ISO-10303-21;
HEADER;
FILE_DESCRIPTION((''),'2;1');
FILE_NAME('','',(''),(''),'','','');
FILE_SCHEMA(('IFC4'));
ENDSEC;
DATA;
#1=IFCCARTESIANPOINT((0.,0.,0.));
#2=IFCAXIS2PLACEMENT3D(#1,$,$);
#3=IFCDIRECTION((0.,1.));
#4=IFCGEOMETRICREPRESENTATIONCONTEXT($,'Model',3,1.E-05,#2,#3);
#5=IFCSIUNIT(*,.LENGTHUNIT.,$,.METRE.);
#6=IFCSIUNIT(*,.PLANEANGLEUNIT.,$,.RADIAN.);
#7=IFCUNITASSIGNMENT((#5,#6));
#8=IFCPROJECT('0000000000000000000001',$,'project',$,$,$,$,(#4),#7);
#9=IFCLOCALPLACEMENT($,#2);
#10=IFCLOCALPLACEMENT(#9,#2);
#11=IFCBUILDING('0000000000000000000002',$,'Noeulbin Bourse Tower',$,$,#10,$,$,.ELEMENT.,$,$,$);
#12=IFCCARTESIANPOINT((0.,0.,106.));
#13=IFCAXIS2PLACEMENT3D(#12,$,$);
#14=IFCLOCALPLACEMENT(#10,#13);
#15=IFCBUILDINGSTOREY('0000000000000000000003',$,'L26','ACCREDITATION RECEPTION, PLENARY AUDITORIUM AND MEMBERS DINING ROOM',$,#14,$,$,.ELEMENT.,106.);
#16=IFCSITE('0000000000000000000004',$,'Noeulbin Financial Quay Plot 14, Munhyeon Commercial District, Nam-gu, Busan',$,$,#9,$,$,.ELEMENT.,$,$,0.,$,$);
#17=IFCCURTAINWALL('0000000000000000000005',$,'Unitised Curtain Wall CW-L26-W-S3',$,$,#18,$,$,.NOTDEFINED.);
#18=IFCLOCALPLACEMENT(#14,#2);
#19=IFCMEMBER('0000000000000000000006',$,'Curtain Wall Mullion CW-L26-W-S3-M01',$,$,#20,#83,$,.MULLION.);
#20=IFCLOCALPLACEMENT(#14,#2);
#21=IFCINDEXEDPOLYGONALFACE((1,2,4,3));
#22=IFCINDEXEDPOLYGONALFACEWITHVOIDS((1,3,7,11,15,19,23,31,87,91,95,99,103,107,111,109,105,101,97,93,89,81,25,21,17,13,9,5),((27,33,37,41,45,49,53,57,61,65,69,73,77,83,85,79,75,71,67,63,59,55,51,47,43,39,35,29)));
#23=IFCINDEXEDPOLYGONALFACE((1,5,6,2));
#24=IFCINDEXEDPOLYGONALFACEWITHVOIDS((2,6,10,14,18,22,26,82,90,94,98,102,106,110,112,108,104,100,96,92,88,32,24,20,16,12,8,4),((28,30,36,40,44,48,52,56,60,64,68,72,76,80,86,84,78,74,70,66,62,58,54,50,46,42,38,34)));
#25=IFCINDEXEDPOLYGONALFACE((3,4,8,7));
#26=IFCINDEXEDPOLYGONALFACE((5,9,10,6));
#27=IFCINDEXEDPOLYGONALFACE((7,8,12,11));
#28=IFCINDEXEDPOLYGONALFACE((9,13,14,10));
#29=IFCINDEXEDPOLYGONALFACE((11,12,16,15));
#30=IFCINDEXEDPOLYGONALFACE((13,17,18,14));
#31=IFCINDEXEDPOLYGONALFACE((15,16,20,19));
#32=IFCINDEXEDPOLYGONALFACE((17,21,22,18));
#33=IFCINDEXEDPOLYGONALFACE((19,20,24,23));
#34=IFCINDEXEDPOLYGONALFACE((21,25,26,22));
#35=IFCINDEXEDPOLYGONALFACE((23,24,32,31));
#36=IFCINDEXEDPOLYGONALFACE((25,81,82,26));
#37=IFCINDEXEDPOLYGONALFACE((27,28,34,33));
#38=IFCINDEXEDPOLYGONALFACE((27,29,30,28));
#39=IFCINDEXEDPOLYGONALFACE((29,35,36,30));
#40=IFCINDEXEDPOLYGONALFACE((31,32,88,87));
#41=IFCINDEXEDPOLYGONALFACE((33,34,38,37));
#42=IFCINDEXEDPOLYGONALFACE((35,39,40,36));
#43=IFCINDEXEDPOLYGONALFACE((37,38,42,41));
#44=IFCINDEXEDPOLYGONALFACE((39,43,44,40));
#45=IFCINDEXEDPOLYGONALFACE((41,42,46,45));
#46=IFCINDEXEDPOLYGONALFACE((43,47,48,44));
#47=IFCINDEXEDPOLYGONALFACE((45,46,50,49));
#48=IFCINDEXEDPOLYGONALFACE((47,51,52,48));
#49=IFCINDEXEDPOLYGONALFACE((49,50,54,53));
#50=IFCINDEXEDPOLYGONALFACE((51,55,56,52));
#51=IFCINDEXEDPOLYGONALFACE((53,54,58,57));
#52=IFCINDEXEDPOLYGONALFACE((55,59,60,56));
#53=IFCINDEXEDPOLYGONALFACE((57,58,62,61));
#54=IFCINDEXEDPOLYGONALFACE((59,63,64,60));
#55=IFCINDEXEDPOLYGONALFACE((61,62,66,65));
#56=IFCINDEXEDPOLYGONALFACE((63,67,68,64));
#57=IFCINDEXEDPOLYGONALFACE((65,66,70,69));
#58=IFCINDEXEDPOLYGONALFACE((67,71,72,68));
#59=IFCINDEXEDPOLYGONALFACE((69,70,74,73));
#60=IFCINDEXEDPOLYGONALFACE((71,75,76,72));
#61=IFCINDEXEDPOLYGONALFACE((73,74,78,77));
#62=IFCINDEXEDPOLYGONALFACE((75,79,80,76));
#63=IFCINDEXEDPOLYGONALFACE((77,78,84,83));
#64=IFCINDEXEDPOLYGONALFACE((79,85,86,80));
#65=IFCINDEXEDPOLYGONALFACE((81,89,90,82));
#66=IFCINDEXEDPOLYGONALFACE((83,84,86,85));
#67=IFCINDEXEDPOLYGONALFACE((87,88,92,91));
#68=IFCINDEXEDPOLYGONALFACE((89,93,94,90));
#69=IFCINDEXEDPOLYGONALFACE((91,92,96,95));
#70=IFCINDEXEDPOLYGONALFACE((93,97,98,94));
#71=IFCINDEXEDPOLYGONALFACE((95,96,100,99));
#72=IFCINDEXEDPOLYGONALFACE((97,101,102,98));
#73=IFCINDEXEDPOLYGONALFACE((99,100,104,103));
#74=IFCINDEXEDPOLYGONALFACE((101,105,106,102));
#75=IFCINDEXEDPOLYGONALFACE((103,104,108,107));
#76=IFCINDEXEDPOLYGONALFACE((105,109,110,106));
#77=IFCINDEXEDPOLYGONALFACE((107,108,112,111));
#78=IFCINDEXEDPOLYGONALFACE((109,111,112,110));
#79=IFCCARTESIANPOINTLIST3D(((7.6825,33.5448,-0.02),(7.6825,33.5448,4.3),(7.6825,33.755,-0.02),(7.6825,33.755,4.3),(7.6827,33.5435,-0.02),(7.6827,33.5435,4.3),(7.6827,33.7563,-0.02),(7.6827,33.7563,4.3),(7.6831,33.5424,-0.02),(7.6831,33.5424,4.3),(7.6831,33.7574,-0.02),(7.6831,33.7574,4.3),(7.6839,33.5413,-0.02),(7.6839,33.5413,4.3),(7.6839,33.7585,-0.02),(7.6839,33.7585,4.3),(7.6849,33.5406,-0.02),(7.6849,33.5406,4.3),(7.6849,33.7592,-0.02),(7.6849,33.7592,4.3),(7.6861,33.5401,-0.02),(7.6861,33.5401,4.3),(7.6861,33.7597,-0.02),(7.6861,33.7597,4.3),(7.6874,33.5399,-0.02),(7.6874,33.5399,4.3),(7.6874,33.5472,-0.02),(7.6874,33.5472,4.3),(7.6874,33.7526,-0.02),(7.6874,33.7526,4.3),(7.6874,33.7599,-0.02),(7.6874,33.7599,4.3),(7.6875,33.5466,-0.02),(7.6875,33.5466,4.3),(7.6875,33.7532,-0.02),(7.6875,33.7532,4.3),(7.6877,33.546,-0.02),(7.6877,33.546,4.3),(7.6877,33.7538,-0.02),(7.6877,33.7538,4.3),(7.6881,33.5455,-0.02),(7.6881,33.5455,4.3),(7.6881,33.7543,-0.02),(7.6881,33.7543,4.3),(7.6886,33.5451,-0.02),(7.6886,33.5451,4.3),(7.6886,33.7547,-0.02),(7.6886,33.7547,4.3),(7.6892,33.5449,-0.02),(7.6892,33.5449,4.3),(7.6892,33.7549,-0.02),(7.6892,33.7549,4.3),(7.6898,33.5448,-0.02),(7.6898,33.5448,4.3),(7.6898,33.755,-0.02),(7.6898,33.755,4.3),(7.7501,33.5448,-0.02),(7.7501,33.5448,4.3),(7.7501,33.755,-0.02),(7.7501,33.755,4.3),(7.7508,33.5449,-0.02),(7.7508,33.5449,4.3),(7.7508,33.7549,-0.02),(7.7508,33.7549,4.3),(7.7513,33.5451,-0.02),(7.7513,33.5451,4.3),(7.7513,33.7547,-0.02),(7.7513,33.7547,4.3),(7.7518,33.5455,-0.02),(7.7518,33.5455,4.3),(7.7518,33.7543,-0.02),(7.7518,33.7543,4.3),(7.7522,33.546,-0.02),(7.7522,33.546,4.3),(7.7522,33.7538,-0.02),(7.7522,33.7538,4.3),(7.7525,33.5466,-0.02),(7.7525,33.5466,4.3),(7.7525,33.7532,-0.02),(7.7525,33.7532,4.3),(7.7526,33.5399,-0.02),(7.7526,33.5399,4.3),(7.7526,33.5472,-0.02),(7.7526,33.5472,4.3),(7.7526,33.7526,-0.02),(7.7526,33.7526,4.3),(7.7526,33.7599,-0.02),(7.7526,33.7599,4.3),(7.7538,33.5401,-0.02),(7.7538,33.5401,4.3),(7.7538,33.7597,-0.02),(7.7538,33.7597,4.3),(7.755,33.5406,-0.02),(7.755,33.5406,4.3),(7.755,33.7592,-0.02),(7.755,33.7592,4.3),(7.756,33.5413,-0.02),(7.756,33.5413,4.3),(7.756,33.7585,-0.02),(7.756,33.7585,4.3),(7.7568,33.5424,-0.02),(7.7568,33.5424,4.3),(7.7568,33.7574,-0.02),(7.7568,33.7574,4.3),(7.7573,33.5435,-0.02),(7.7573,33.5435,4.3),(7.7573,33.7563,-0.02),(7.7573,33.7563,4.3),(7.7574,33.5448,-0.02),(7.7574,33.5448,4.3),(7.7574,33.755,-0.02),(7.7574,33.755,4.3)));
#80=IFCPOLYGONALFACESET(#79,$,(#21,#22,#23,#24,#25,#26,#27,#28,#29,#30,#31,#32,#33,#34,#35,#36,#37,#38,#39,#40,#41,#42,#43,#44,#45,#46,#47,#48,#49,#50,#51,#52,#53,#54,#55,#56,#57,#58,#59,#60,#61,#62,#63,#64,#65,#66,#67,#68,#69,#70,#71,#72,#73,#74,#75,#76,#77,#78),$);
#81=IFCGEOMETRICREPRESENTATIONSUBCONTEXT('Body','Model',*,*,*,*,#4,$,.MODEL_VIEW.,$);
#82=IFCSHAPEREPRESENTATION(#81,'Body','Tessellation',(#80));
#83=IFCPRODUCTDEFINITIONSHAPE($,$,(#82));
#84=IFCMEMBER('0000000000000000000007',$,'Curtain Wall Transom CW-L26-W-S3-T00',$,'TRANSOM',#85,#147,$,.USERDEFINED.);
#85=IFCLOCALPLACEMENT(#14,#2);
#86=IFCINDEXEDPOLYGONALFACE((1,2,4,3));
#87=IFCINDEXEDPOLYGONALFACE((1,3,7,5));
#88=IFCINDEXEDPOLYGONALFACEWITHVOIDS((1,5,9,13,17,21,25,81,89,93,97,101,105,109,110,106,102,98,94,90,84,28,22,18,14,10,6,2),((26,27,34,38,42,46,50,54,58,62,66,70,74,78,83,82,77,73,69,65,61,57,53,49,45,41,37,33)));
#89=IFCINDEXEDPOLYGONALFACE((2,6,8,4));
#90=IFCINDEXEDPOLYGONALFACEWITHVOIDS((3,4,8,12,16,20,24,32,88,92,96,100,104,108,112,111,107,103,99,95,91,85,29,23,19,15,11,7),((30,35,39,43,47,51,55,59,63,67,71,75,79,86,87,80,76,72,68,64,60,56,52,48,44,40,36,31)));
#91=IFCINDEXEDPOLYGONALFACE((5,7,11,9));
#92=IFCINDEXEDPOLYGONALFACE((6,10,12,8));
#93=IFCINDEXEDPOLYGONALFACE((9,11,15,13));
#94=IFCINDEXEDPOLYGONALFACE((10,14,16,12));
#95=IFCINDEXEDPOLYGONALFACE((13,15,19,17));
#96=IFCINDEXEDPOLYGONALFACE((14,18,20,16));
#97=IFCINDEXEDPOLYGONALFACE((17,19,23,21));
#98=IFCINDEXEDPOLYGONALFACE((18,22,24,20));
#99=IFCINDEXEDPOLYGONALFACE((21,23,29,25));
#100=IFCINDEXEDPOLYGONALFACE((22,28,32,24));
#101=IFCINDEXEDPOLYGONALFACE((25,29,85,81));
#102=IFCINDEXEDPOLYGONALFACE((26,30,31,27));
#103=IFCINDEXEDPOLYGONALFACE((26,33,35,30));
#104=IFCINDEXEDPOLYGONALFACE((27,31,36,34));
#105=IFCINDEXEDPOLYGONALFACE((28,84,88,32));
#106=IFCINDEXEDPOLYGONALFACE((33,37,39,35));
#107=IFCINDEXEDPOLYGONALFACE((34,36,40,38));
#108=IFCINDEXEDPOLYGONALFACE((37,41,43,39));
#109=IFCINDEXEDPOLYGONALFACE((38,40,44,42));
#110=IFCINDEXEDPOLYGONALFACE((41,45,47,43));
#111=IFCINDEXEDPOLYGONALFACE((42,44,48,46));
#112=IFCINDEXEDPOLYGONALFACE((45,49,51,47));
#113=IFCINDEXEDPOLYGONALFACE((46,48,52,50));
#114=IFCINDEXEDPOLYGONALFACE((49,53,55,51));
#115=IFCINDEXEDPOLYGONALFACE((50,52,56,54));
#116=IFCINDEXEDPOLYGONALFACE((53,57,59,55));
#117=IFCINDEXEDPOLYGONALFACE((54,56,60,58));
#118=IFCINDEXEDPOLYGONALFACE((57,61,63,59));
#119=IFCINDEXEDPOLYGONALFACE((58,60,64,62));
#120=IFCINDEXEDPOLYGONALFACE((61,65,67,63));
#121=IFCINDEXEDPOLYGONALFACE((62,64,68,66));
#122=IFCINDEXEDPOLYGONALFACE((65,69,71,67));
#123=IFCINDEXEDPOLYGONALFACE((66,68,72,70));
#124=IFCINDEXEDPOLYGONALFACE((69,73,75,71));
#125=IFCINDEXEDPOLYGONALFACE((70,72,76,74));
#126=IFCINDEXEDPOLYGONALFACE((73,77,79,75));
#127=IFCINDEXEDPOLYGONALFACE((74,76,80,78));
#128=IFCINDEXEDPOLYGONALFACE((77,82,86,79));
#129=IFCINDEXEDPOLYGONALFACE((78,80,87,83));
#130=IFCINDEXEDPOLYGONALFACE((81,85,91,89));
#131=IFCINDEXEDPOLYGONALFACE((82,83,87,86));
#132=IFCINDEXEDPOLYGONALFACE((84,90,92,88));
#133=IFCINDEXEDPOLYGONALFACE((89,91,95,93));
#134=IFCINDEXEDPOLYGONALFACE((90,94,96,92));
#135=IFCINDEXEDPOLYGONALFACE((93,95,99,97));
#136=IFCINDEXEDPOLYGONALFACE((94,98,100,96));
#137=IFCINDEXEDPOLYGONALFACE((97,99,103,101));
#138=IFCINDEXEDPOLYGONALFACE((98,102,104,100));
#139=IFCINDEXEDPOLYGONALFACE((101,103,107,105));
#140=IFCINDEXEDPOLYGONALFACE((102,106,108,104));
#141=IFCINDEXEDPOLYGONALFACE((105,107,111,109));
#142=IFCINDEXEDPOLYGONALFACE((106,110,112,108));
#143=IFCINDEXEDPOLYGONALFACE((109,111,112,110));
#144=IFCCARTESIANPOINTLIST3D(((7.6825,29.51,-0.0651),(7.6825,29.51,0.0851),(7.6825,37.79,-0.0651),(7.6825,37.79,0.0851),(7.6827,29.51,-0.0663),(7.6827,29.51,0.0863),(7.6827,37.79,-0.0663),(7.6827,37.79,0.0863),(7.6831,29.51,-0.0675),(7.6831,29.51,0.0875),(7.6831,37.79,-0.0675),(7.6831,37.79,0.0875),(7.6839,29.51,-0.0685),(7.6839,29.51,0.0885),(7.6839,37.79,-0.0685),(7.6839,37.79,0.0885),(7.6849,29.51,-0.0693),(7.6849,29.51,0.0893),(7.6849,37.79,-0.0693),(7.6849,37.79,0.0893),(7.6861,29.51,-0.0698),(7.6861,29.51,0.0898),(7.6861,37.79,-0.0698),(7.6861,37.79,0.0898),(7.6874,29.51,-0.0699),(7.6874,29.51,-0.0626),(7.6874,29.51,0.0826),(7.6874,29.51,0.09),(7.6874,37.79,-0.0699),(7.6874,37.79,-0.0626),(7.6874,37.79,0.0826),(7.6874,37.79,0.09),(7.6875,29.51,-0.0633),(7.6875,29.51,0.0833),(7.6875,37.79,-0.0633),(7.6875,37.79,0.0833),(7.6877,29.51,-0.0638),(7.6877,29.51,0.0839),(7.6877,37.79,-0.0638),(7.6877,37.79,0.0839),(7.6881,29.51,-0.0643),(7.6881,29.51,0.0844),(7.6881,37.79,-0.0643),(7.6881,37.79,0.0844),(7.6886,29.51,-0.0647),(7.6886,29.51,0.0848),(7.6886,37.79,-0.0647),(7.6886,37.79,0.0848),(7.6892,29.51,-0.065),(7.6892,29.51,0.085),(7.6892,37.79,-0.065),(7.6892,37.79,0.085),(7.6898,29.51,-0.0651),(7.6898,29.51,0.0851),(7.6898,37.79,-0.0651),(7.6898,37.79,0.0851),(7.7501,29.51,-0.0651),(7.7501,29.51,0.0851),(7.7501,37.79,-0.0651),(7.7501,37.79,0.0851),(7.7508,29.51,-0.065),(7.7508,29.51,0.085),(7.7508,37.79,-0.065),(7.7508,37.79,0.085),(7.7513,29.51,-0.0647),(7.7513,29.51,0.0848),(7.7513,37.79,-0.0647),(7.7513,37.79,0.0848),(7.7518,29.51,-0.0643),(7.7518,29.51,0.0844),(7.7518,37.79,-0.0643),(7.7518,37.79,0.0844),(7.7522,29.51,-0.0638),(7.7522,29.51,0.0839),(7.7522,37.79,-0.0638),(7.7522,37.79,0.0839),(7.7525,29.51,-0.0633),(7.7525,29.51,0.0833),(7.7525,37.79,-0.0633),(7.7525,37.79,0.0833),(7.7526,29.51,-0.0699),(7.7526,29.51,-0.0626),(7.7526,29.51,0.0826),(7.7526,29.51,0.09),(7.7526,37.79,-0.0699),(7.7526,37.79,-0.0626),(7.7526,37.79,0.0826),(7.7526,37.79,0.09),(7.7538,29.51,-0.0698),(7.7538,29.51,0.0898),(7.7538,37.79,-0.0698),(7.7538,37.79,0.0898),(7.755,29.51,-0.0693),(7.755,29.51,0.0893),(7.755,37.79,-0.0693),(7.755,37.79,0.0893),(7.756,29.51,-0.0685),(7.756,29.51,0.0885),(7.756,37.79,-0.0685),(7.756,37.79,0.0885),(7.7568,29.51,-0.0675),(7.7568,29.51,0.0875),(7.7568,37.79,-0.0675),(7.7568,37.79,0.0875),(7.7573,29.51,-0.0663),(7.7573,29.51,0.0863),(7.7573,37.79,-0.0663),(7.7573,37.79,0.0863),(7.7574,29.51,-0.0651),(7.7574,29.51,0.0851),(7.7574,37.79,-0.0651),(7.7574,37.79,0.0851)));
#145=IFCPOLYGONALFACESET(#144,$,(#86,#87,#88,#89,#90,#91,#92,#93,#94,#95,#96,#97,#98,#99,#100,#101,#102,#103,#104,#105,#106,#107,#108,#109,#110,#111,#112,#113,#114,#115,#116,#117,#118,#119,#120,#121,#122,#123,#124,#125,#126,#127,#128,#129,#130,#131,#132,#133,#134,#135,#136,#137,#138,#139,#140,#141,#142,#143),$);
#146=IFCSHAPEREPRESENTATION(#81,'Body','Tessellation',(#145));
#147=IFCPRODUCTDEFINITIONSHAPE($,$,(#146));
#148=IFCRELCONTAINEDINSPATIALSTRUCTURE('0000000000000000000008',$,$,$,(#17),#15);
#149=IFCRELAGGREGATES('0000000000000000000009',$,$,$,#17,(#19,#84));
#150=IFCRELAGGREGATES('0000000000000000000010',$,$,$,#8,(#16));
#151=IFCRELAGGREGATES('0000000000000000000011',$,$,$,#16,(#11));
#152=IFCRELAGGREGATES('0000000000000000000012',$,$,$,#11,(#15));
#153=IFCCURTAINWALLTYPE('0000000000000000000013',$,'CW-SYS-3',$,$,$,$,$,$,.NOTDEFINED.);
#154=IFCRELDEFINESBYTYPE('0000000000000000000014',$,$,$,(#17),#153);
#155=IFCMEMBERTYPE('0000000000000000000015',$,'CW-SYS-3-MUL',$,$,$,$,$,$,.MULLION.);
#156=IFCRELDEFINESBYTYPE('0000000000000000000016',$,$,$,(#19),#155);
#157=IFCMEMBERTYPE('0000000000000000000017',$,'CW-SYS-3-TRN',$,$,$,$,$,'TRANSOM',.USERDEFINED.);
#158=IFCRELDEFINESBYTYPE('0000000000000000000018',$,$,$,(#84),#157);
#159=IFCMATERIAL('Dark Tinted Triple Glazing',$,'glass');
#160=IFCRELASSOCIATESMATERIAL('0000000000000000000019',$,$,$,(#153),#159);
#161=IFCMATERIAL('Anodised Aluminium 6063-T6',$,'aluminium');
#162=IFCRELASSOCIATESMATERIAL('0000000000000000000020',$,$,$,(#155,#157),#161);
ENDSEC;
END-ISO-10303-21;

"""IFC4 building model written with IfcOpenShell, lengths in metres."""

from ifc_helpers import new_model, si_unit, direction, frame, origin, origin_2d, place, context, subcontext, project, spatial, hollow_rectangle, extrude, material, material_profile, profile_set, type_object, element, aggregate, save


model = new_model("IFC4")

# Units and contexts
model_context = context("Model", 3, precision=1e-05, world=origin(), true_north=direction((0.0, 1.0)))
body_context = subcontext(model_context, "Body", "Model", "MODEL_VIEW")
ifc_project = project(units=[si_unit("LENGTHUNIT", "METRE"), si_unit("PLANEANGLEUNIT", "RADIAN")], contexts=[model_context])

# Site, building, storey
site_placement = place(None, origin())
site = spatial("IfcSite", under=ifc_project, at=site_placement, Name="Noeulbin Financial Quay Plot 14, Munhyeon Commercial District, Nam-gu, Busan", CompositionType="ELEMENT", RefElevation=0.0)
building_placement = place(site_placement, origin())
building = spatial("IfcBuilding", under=site, at=building_placement, Name="Noeulbin Bourse Tower", CompositionType="ELEMENT")
storey_placement = place(building_placement, frame((0.0, 0.0, 106.0)))
storey = spatial("IfcBuildingStorey", under=building, at=storey_placement, Name="L26", Description="ACCREDITATION RECEPTION, PLENARY AUDITORIUM AND MEMBERS DINING ROOM", CompositionType="ELEMENT", Elevation=106.0)

# Curtain wall, members
ifc_material_1 = material(Name="Dark Tinted Triple Glazing", Category="glass")
curtain_wall_type = type_object("IfcCurtainWallType", Name="CW-SYS-3", PredefinedType="NOTDEFINED", material=ifc_material_1)
curtain_wall_placement = place(storey_placement, origin())
curtain_wall = element("IfcCurtainWall", 1, at=curtain_wall_placement, inside=storey, type_object=curtain_wall_type, Name="Unitised Curtain Wall CW-L26-W-S3", PredefinedType="NOTDEFINED")
ifc_material_2 = material(Name="Anodised Aluminium 6063-T6", Category="aluminium")
ifc_material_profile_1 = material_profile(ifc_material_2, hollow_rectangle(XDim=0.075, YDim=0.22, WallThickness=0.0049, InnerFilletRadius=0.0024, OuterFilletRadius=0.0049, at=origin_2d()), Name="ALU-MULL-75x220x5", Category="LoadBearing")
ifc_profile_set_1 = profile_set([ifc_material_profile_1], Name="Anodised Aluminium 6063-T6")
member_type_1 = type_object("IfcMemberType", Name="CW-SYS-3-MUL", PredefinedType="MULLION", material=ifc_profile_set_1)
member_1_placement = place(storey_placement, frame((7.72, 33.6499, -0.02), z_axis=(0.0, 0.0, 1.0), x_axis=(1.0, 0.0, 0.0)))
member_1 = element("IfcMember", 2, at=member_1_placement, type_object=member_type_1, Name="Curtain Wall Mullion CW-L26-W-S3-M01", PredefinedType="MULLION", context=body_context, shape_type="SweptSolid", body=[
    extrude(hollow_rectangle(XDim=0.075, YDim=0.22, WallThickness=0.0049, InnerFilletRadius=0.0024, OuterFilletRadius=0.0049, at=origin_2d()), origin(), (0.0, 0.0, 1.0), 4.3201),
])
ifc_material_profile_2 = material_profile(ifc_material_2, hollow_rectangle(XDim=0.075, YDim=0.1599, WallThickness=0.0049, InnerFilletRadius=0.0024, OuterFilletRadius=0.0049, at=origin_2d()), Name="ALU-TRAN-75x160x5", Category="LoadBearing")
ifc_profile_set_2 = profile_set([ifc_material_profile_2], Name="Anodised Aluminium 6063-T6")
member_type_2 = type_object("IfcMemberType", Name="CW-SYS-3-TRN", ElementType="TRANSOM", PredefinedType="USERDEFINED", material=ifc_profile_set_2)
member_2_placement = place(storey_placement, frame((7.72, 29.51, 0.01), z_axis=(0.0, 1.0, 0.0), x_axis=(-1.0, 0.0, 0.0)))
member_2 = element("IfcMember", 3, at=member_2_placement, type_object=member_type_2, Name="Curtain Wall Transom CW-L26-W-S3-T00", ObjectType="TRANSOM", PredefinedType="USERDEFINED", context=body_context, shape_type="SweptSolid", body=[
    extrude(hollow_rectangle(XDim=0.075, YDim=0.1599, WallThickness=0.0049, InnerFilletRadius=0.0024, OuterFilletRadius=0.0049, at=origin_2d()), origin(), (0.0, 0.0, 1.0), 8.28),
])
aggregate(curtain_wall, [member_1, member_2])

save(model, "model.ifc")
